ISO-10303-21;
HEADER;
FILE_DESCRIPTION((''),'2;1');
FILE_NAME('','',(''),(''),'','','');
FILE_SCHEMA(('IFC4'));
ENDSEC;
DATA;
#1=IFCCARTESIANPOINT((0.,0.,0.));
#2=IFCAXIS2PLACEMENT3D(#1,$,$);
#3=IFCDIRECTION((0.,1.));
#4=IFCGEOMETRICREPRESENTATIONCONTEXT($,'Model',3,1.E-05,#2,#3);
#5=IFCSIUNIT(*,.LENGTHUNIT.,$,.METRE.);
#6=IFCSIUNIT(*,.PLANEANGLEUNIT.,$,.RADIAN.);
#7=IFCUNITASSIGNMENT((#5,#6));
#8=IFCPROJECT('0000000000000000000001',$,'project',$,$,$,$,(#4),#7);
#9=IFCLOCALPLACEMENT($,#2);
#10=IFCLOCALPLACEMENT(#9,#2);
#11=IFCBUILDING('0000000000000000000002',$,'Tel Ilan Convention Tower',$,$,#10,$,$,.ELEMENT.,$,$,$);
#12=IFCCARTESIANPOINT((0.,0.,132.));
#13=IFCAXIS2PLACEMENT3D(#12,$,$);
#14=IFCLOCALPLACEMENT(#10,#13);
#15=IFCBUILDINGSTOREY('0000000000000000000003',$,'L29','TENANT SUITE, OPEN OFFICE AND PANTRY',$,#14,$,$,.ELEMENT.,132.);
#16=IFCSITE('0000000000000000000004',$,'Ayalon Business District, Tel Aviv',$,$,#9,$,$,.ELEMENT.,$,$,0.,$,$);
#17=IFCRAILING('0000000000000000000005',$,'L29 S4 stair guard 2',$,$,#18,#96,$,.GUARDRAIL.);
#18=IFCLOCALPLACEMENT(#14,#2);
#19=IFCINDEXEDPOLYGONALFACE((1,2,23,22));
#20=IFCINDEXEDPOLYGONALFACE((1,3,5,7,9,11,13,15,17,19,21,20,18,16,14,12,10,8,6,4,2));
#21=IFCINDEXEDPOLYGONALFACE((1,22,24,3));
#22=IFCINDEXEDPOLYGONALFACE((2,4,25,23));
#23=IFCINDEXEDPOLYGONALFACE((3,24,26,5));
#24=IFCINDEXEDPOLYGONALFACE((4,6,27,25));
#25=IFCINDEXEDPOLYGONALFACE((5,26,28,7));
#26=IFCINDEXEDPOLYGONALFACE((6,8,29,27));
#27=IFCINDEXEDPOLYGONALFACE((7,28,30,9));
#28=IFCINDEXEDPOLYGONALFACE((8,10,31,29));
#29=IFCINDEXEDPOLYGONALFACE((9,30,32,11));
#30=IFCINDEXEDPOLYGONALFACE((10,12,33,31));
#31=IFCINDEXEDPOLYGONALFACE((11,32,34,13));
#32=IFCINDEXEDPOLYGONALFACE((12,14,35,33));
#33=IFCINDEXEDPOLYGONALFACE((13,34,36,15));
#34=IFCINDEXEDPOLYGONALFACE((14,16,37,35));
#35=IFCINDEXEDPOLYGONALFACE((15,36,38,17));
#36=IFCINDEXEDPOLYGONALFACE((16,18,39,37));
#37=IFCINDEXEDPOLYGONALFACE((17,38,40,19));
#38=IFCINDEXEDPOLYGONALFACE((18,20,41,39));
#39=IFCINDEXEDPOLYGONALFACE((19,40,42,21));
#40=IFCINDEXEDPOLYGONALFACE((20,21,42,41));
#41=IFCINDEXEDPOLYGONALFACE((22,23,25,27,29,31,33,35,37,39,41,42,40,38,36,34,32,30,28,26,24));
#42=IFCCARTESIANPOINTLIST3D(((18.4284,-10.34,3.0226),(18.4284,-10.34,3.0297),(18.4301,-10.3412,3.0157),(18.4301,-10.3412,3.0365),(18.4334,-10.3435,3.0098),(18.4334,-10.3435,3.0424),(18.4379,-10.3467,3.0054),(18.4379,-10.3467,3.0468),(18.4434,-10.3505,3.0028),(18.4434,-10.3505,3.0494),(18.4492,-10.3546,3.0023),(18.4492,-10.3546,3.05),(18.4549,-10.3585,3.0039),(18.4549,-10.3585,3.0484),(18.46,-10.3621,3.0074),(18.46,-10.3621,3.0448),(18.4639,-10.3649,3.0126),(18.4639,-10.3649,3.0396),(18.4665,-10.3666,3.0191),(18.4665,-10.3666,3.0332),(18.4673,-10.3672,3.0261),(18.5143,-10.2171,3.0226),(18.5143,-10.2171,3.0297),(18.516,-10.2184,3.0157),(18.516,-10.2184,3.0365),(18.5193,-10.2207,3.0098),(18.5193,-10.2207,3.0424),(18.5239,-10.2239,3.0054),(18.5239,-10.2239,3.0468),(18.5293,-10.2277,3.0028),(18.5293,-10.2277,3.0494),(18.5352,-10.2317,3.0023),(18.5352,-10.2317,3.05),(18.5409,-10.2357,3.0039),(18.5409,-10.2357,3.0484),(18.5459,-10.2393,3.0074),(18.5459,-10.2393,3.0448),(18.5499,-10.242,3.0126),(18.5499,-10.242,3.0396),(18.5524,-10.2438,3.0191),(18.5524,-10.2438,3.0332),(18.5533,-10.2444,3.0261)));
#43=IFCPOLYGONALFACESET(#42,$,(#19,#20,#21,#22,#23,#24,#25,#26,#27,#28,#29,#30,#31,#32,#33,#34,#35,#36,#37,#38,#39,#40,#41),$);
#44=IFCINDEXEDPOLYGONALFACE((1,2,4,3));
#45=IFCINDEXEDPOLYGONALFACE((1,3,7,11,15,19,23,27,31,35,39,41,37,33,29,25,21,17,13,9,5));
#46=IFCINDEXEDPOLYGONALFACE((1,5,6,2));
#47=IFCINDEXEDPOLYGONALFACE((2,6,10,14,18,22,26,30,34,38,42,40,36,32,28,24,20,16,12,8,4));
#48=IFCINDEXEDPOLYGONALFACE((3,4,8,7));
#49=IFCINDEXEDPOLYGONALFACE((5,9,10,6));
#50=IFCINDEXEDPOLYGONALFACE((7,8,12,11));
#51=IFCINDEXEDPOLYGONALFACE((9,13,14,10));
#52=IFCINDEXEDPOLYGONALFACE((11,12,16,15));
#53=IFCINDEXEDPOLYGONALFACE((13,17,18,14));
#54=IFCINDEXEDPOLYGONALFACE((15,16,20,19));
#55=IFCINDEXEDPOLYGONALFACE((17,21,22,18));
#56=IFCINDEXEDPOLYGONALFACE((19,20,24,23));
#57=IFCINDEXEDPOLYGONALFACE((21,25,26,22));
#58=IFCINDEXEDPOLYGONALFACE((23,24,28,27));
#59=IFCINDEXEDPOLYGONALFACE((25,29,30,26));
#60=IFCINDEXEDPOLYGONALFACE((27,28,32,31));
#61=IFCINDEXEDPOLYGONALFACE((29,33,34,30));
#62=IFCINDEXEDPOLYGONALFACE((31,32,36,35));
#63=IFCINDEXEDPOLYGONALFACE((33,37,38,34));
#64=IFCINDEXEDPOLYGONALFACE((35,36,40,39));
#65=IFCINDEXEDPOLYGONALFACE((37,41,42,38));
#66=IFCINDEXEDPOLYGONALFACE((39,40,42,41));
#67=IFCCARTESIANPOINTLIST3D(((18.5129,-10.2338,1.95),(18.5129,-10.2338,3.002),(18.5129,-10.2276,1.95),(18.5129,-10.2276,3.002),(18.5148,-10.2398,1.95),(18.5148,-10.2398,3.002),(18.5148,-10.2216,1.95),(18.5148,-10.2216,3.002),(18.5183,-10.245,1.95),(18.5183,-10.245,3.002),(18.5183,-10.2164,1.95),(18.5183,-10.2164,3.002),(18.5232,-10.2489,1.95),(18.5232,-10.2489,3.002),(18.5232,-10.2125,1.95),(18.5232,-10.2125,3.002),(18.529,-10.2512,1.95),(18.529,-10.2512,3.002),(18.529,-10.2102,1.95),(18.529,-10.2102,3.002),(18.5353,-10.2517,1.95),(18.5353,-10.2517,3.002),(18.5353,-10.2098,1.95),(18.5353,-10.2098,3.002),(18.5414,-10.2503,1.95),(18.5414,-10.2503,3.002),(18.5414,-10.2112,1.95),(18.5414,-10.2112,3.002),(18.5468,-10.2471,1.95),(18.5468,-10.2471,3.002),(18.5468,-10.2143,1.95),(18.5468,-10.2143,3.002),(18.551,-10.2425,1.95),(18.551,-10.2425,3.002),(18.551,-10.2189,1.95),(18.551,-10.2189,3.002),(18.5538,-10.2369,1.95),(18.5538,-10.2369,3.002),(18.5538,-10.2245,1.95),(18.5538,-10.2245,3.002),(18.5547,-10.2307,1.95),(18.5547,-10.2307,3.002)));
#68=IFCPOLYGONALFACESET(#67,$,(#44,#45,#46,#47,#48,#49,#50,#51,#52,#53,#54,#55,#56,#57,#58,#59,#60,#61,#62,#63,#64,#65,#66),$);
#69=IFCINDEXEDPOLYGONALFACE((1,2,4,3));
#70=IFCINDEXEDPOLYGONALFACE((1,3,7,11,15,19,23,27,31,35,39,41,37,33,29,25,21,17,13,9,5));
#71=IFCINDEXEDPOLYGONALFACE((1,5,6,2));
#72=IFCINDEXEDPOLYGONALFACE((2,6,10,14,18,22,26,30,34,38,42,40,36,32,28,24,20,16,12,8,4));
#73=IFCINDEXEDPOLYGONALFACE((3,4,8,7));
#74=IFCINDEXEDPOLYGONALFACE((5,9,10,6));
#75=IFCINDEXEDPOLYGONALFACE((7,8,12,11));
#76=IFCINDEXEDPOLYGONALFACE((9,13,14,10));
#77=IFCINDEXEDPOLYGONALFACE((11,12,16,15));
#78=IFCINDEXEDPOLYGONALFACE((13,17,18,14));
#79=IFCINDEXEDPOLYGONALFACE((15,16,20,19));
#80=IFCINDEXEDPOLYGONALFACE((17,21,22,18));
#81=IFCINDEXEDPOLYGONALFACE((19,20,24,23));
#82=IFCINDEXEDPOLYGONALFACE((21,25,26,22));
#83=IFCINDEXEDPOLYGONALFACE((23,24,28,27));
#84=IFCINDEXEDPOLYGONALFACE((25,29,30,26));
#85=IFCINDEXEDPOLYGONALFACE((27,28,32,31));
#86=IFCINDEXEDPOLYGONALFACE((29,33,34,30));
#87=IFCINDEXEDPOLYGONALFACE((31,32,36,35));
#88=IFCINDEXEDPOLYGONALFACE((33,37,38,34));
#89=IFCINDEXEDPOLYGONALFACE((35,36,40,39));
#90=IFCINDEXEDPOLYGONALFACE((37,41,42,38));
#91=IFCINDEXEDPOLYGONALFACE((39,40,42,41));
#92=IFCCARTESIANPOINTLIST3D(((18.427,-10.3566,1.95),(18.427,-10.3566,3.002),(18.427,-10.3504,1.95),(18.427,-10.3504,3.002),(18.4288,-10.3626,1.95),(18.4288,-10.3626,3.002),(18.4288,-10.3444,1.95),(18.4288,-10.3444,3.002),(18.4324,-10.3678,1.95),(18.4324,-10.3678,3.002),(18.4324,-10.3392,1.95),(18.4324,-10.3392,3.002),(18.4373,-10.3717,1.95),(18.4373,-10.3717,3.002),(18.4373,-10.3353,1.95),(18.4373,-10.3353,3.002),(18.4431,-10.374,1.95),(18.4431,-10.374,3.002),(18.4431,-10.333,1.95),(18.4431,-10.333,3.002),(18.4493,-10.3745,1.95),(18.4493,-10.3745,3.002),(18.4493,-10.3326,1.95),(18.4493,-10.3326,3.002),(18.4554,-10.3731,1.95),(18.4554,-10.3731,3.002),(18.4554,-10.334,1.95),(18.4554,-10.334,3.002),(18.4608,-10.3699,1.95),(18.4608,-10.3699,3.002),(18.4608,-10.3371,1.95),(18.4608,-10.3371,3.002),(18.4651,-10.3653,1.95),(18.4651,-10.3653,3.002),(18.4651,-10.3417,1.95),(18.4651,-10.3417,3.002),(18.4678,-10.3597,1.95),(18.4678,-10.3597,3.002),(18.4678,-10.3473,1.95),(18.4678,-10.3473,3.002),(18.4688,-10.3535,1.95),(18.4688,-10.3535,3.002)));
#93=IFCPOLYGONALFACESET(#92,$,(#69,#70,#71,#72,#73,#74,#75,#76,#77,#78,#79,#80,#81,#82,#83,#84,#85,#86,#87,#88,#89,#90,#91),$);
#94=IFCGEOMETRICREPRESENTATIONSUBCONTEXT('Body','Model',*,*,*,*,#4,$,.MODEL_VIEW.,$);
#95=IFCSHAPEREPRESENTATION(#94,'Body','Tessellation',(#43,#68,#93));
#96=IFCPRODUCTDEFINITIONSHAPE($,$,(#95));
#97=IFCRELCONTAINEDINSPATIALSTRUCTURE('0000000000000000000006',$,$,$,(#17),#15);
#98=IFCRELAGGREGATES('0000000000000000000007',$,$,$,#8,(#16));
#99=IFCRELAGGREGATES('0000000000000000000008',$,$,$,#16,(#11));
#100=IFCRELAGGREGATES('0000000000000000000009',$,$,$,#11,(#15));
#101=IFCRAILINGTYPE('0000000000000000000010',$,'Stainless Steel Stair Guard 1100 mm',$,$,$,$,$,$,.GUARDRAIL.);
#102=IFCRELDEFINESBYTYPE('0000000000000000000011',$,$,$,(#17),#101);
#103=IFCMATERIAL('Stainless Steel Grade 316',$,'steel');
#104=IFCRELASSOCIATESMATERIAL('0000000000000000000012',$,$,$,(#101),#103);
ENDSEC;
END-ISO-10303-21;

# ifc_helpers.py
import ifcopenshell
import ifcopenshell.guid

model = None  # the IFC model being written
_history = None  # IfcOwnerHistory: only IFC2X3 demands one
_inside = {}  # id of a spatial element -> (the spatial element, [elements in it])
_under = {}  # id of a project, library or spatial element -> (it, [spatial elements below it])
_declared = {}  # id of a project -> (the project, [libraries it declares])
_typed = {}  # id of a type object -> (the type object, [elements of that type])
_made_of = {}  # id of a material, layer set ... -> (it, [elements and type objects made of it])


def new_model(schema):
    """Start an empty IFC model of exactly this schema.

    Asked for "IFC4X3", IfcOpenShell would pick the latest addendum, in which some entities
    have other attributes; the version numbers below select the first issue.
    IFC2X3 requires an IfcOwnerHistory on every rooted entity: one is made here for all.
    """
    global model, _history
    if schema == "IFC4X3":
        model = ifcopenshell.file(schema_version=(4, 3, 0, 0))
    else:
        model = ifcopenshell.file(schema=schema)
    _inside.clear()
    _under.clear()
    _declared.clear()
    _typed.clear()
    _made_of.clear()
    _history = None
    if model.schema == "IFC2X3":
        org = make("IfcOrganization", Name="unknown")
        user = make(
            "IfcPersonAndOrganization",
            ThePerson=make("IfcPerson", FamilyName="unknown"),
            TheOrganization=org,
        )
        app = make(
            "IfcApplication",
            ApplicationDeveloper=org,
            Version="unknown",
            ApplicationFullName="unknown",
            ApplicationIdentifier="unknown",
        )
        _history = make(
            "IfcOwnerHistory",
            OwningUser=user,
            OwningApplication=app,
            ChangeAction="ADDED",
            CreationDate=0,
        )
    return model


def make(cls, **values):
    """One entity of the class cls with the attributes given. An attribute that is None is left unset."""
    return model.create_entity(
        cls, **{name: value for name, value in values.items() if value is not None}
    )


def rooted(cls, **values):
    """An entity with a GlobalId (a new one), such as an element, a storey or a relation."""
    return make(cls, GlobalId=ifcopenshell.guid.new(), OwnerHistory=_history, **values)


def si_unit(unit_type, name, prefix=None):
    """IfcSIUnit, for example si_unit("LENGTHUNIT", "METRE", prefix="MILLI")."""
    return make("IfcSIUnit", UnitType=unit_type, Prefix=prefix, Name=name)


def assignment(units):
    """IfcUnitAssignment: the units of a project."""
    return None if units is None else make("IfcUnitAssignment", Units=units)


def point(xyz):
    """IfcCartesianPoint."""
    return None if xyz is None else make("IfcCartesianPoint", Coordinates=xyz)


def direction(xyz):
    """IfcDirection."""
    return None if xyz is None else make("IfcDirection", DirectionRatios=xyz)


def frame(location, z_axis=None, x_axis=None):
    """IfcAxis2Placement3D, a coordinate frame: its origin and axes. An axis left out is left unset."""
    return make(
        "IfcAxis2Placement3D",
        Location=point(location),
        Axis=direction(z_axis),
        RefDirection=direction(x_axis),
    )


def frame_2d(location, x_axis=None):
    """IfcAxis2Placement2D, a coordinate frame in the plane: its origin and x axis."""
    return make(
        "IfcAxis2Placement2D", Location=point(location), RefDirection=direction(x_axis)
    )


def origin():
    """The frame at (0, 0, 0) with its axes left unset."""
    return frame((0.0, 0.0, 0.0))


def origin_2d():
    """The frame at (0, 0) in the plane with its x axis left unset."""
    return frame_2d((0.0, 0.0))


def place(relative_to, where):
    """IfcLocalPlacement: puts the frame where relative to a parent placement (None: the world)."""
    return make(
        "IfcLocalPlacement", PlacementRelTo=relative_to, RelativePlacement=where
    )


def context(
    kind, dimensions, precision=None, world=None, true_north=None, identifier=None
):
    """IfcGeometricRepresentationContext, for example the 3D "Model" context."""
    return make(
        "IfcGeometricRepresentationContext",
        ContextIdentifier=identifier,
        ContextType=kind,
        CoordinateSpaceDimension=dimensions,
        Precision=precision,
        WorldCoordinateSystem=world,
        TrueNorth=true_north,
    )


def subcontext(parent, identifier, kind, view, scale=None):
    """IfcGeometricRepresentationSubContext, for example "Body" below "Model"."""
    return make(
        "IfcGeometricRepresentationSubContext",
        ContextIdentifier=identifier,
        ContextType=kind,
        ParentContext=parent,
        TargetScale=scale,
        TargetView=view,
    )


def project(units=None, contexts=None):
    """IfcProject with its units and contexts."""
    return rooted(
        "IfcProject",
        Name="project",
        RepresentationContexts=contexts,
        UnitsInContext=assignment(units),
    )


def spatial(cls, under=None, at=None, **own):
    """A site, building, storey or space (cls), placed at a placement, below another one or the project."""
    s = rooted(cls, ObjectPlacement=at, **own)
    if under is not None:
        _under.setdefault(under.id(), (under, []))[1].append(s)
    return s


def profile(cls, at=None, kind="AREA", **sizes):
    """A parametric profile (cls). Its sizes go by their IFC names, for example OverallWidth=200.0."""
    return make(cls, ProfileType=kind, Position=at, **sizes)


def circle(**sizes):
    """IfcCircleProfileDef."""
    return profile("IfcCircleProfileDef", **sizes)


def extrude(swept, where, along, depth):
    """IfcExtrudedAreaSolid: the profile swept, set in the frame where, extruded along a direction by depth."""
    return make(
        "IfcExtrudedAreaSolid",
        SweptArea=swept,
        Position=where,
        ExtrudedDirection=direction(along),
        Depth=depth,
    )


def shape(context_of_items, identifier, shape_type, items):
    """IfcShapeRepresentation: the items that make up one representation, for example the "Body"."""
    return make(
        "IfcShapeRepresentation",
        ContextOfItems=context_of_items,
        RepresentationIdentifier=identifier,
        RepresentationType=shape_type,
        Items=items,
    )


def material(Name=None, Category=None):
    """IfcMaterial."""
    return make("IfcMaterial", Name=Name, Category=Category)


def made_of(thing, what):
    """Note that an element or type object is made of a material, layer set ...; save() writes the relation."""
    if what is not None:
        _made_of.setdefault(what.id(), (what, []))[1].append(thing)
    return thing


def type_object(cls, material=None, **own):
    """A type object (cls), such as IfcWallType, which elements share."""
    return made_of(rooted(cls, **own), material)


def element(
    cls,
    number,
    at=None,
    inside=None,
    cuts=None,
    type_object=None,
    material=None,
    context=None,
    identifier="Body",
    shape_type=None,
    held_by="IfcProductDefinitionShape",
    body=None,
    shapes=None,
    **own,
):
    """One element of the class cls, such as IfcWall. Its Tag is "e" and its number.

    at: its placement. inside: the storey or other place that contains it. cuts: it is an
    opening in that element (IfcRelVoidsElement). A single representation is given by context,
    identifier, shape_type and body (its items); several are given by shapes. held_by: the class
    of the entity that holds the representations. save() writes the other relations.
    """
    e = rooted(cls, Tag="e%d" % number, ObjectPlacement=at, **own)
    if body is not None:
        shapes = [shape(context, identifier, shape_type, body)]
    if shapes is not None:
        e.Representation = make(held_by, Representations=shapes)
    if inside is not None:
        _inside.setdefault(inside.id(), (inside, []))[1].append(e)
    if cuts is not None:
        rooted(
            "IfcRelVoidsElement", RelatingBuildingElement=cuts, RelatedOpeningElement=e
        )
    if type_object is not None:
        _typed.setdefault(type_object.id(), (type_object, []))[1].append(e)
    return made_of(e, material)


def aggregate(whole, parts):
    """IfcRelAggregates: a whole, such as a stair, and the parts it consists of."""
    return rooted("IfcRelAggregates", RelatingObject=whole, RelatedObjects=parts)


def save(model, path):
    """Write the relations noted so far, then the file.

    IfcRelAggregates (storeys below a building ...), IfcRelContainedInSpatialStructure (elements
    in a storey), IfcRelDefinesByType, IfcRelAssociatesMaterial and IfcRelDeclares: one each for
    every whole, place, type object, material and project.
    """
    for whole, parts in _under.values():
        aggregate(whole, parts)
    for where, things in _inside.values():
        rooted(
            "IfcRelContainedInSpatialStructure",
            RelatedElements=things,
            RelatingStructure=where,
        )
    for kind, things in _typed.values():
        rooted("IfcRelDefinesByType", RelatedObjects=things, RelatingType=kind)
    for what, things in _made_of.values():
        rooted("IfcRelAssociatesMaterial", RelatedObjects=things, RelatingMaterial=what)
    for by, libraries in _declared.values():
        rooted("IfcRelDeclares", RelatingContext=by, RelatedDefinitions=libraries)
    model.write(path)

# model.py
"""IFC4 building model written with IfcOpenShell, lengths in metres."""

from ifc_helpers import new_model, si_unit, direction, frame, origin, origin_2d, place, context, subcontext, project, spatial, circle, extrude, material, type_object, element, save


model = new_model("IFC4")

# Units and contexts
model_context = context("Model", 3, precision=1e-05, world=origin(), true_north=direction((0.0, 1.0)))
body_context = subcontext(model_context, "Body", "Model", "MODEL_VIEW")
ifc_project = project(units=[si_unit("LENGTHUNIT", "METRE"), si_unit("PLANEANGLEUNIT", "RADIAN")], contexts=[model_context])

# Site, building, storey
site_placement = place(None, origin())
site = spatial("IfcSite", under=ifc_project, at=site_placement, Name="Ayalon Business District, Tel Aviv", CompositionType="ELEMENT", RefElevation=0.0)
building_placement = place(site_placement, origin())
building = spatial("IfcBuilding", under=site, at=building_placement, Name="Tel Ilan Convention Tower", CompositionType="ELEMENT")
storey_placement = place(building_placement, frame((0.0, 0.0, 132.0)))
storey = spatial("IfcBuildingStorey", under=building, at=storey_placement, Name="L29", Description="TENANT SUITE, OPEN OFFICE AND PANTRY", CompositionType="ELEMENT", Elevation=132.0)

# Railing
ifc_material_1 = material(Name="Stainless Steel Grade 316", Category="steel")
railing_type_1 = type_object("IfcRailingType", Name="Stainless Steel Stair Guard 1100 mm", PredefinedType="GUARDRAIL", material=ifc_material_1)
railing_1_placement = place(storey_placement, frame((18.5337, -10.2307, 1.95)))
element("IfcRailing", 1, at=railing_1_placement, inside=storey, type_object=railing_type_1, Name="L29 S4 stair guard 2", PredefinedType="GUARDRAIL", context=body_context, shape_type="SweptSolid", body=[
    extrude(circle(Radius=0.0239, at=origin_2d()), frame((0.0, 0.0, 1.0762), z_axis=(-0.573353, -0.819308, 0.0), x_axis=(0.819308, -0.573353, 0.0)), (0.0, 0.0, 1.0), 0.1499),
    extrude(circle(Radius=0.021, at=origin_2d()), origin(), (0.0, 0.0, 1.0), 1.052),
    extrude(circle(Radius=0.021, at=origin_2d()), frame((-0.0859, -0.1228, 0.0)), (0.0, 0.0, 1.0), 1.052),
])

save(model, "model.ifc")
